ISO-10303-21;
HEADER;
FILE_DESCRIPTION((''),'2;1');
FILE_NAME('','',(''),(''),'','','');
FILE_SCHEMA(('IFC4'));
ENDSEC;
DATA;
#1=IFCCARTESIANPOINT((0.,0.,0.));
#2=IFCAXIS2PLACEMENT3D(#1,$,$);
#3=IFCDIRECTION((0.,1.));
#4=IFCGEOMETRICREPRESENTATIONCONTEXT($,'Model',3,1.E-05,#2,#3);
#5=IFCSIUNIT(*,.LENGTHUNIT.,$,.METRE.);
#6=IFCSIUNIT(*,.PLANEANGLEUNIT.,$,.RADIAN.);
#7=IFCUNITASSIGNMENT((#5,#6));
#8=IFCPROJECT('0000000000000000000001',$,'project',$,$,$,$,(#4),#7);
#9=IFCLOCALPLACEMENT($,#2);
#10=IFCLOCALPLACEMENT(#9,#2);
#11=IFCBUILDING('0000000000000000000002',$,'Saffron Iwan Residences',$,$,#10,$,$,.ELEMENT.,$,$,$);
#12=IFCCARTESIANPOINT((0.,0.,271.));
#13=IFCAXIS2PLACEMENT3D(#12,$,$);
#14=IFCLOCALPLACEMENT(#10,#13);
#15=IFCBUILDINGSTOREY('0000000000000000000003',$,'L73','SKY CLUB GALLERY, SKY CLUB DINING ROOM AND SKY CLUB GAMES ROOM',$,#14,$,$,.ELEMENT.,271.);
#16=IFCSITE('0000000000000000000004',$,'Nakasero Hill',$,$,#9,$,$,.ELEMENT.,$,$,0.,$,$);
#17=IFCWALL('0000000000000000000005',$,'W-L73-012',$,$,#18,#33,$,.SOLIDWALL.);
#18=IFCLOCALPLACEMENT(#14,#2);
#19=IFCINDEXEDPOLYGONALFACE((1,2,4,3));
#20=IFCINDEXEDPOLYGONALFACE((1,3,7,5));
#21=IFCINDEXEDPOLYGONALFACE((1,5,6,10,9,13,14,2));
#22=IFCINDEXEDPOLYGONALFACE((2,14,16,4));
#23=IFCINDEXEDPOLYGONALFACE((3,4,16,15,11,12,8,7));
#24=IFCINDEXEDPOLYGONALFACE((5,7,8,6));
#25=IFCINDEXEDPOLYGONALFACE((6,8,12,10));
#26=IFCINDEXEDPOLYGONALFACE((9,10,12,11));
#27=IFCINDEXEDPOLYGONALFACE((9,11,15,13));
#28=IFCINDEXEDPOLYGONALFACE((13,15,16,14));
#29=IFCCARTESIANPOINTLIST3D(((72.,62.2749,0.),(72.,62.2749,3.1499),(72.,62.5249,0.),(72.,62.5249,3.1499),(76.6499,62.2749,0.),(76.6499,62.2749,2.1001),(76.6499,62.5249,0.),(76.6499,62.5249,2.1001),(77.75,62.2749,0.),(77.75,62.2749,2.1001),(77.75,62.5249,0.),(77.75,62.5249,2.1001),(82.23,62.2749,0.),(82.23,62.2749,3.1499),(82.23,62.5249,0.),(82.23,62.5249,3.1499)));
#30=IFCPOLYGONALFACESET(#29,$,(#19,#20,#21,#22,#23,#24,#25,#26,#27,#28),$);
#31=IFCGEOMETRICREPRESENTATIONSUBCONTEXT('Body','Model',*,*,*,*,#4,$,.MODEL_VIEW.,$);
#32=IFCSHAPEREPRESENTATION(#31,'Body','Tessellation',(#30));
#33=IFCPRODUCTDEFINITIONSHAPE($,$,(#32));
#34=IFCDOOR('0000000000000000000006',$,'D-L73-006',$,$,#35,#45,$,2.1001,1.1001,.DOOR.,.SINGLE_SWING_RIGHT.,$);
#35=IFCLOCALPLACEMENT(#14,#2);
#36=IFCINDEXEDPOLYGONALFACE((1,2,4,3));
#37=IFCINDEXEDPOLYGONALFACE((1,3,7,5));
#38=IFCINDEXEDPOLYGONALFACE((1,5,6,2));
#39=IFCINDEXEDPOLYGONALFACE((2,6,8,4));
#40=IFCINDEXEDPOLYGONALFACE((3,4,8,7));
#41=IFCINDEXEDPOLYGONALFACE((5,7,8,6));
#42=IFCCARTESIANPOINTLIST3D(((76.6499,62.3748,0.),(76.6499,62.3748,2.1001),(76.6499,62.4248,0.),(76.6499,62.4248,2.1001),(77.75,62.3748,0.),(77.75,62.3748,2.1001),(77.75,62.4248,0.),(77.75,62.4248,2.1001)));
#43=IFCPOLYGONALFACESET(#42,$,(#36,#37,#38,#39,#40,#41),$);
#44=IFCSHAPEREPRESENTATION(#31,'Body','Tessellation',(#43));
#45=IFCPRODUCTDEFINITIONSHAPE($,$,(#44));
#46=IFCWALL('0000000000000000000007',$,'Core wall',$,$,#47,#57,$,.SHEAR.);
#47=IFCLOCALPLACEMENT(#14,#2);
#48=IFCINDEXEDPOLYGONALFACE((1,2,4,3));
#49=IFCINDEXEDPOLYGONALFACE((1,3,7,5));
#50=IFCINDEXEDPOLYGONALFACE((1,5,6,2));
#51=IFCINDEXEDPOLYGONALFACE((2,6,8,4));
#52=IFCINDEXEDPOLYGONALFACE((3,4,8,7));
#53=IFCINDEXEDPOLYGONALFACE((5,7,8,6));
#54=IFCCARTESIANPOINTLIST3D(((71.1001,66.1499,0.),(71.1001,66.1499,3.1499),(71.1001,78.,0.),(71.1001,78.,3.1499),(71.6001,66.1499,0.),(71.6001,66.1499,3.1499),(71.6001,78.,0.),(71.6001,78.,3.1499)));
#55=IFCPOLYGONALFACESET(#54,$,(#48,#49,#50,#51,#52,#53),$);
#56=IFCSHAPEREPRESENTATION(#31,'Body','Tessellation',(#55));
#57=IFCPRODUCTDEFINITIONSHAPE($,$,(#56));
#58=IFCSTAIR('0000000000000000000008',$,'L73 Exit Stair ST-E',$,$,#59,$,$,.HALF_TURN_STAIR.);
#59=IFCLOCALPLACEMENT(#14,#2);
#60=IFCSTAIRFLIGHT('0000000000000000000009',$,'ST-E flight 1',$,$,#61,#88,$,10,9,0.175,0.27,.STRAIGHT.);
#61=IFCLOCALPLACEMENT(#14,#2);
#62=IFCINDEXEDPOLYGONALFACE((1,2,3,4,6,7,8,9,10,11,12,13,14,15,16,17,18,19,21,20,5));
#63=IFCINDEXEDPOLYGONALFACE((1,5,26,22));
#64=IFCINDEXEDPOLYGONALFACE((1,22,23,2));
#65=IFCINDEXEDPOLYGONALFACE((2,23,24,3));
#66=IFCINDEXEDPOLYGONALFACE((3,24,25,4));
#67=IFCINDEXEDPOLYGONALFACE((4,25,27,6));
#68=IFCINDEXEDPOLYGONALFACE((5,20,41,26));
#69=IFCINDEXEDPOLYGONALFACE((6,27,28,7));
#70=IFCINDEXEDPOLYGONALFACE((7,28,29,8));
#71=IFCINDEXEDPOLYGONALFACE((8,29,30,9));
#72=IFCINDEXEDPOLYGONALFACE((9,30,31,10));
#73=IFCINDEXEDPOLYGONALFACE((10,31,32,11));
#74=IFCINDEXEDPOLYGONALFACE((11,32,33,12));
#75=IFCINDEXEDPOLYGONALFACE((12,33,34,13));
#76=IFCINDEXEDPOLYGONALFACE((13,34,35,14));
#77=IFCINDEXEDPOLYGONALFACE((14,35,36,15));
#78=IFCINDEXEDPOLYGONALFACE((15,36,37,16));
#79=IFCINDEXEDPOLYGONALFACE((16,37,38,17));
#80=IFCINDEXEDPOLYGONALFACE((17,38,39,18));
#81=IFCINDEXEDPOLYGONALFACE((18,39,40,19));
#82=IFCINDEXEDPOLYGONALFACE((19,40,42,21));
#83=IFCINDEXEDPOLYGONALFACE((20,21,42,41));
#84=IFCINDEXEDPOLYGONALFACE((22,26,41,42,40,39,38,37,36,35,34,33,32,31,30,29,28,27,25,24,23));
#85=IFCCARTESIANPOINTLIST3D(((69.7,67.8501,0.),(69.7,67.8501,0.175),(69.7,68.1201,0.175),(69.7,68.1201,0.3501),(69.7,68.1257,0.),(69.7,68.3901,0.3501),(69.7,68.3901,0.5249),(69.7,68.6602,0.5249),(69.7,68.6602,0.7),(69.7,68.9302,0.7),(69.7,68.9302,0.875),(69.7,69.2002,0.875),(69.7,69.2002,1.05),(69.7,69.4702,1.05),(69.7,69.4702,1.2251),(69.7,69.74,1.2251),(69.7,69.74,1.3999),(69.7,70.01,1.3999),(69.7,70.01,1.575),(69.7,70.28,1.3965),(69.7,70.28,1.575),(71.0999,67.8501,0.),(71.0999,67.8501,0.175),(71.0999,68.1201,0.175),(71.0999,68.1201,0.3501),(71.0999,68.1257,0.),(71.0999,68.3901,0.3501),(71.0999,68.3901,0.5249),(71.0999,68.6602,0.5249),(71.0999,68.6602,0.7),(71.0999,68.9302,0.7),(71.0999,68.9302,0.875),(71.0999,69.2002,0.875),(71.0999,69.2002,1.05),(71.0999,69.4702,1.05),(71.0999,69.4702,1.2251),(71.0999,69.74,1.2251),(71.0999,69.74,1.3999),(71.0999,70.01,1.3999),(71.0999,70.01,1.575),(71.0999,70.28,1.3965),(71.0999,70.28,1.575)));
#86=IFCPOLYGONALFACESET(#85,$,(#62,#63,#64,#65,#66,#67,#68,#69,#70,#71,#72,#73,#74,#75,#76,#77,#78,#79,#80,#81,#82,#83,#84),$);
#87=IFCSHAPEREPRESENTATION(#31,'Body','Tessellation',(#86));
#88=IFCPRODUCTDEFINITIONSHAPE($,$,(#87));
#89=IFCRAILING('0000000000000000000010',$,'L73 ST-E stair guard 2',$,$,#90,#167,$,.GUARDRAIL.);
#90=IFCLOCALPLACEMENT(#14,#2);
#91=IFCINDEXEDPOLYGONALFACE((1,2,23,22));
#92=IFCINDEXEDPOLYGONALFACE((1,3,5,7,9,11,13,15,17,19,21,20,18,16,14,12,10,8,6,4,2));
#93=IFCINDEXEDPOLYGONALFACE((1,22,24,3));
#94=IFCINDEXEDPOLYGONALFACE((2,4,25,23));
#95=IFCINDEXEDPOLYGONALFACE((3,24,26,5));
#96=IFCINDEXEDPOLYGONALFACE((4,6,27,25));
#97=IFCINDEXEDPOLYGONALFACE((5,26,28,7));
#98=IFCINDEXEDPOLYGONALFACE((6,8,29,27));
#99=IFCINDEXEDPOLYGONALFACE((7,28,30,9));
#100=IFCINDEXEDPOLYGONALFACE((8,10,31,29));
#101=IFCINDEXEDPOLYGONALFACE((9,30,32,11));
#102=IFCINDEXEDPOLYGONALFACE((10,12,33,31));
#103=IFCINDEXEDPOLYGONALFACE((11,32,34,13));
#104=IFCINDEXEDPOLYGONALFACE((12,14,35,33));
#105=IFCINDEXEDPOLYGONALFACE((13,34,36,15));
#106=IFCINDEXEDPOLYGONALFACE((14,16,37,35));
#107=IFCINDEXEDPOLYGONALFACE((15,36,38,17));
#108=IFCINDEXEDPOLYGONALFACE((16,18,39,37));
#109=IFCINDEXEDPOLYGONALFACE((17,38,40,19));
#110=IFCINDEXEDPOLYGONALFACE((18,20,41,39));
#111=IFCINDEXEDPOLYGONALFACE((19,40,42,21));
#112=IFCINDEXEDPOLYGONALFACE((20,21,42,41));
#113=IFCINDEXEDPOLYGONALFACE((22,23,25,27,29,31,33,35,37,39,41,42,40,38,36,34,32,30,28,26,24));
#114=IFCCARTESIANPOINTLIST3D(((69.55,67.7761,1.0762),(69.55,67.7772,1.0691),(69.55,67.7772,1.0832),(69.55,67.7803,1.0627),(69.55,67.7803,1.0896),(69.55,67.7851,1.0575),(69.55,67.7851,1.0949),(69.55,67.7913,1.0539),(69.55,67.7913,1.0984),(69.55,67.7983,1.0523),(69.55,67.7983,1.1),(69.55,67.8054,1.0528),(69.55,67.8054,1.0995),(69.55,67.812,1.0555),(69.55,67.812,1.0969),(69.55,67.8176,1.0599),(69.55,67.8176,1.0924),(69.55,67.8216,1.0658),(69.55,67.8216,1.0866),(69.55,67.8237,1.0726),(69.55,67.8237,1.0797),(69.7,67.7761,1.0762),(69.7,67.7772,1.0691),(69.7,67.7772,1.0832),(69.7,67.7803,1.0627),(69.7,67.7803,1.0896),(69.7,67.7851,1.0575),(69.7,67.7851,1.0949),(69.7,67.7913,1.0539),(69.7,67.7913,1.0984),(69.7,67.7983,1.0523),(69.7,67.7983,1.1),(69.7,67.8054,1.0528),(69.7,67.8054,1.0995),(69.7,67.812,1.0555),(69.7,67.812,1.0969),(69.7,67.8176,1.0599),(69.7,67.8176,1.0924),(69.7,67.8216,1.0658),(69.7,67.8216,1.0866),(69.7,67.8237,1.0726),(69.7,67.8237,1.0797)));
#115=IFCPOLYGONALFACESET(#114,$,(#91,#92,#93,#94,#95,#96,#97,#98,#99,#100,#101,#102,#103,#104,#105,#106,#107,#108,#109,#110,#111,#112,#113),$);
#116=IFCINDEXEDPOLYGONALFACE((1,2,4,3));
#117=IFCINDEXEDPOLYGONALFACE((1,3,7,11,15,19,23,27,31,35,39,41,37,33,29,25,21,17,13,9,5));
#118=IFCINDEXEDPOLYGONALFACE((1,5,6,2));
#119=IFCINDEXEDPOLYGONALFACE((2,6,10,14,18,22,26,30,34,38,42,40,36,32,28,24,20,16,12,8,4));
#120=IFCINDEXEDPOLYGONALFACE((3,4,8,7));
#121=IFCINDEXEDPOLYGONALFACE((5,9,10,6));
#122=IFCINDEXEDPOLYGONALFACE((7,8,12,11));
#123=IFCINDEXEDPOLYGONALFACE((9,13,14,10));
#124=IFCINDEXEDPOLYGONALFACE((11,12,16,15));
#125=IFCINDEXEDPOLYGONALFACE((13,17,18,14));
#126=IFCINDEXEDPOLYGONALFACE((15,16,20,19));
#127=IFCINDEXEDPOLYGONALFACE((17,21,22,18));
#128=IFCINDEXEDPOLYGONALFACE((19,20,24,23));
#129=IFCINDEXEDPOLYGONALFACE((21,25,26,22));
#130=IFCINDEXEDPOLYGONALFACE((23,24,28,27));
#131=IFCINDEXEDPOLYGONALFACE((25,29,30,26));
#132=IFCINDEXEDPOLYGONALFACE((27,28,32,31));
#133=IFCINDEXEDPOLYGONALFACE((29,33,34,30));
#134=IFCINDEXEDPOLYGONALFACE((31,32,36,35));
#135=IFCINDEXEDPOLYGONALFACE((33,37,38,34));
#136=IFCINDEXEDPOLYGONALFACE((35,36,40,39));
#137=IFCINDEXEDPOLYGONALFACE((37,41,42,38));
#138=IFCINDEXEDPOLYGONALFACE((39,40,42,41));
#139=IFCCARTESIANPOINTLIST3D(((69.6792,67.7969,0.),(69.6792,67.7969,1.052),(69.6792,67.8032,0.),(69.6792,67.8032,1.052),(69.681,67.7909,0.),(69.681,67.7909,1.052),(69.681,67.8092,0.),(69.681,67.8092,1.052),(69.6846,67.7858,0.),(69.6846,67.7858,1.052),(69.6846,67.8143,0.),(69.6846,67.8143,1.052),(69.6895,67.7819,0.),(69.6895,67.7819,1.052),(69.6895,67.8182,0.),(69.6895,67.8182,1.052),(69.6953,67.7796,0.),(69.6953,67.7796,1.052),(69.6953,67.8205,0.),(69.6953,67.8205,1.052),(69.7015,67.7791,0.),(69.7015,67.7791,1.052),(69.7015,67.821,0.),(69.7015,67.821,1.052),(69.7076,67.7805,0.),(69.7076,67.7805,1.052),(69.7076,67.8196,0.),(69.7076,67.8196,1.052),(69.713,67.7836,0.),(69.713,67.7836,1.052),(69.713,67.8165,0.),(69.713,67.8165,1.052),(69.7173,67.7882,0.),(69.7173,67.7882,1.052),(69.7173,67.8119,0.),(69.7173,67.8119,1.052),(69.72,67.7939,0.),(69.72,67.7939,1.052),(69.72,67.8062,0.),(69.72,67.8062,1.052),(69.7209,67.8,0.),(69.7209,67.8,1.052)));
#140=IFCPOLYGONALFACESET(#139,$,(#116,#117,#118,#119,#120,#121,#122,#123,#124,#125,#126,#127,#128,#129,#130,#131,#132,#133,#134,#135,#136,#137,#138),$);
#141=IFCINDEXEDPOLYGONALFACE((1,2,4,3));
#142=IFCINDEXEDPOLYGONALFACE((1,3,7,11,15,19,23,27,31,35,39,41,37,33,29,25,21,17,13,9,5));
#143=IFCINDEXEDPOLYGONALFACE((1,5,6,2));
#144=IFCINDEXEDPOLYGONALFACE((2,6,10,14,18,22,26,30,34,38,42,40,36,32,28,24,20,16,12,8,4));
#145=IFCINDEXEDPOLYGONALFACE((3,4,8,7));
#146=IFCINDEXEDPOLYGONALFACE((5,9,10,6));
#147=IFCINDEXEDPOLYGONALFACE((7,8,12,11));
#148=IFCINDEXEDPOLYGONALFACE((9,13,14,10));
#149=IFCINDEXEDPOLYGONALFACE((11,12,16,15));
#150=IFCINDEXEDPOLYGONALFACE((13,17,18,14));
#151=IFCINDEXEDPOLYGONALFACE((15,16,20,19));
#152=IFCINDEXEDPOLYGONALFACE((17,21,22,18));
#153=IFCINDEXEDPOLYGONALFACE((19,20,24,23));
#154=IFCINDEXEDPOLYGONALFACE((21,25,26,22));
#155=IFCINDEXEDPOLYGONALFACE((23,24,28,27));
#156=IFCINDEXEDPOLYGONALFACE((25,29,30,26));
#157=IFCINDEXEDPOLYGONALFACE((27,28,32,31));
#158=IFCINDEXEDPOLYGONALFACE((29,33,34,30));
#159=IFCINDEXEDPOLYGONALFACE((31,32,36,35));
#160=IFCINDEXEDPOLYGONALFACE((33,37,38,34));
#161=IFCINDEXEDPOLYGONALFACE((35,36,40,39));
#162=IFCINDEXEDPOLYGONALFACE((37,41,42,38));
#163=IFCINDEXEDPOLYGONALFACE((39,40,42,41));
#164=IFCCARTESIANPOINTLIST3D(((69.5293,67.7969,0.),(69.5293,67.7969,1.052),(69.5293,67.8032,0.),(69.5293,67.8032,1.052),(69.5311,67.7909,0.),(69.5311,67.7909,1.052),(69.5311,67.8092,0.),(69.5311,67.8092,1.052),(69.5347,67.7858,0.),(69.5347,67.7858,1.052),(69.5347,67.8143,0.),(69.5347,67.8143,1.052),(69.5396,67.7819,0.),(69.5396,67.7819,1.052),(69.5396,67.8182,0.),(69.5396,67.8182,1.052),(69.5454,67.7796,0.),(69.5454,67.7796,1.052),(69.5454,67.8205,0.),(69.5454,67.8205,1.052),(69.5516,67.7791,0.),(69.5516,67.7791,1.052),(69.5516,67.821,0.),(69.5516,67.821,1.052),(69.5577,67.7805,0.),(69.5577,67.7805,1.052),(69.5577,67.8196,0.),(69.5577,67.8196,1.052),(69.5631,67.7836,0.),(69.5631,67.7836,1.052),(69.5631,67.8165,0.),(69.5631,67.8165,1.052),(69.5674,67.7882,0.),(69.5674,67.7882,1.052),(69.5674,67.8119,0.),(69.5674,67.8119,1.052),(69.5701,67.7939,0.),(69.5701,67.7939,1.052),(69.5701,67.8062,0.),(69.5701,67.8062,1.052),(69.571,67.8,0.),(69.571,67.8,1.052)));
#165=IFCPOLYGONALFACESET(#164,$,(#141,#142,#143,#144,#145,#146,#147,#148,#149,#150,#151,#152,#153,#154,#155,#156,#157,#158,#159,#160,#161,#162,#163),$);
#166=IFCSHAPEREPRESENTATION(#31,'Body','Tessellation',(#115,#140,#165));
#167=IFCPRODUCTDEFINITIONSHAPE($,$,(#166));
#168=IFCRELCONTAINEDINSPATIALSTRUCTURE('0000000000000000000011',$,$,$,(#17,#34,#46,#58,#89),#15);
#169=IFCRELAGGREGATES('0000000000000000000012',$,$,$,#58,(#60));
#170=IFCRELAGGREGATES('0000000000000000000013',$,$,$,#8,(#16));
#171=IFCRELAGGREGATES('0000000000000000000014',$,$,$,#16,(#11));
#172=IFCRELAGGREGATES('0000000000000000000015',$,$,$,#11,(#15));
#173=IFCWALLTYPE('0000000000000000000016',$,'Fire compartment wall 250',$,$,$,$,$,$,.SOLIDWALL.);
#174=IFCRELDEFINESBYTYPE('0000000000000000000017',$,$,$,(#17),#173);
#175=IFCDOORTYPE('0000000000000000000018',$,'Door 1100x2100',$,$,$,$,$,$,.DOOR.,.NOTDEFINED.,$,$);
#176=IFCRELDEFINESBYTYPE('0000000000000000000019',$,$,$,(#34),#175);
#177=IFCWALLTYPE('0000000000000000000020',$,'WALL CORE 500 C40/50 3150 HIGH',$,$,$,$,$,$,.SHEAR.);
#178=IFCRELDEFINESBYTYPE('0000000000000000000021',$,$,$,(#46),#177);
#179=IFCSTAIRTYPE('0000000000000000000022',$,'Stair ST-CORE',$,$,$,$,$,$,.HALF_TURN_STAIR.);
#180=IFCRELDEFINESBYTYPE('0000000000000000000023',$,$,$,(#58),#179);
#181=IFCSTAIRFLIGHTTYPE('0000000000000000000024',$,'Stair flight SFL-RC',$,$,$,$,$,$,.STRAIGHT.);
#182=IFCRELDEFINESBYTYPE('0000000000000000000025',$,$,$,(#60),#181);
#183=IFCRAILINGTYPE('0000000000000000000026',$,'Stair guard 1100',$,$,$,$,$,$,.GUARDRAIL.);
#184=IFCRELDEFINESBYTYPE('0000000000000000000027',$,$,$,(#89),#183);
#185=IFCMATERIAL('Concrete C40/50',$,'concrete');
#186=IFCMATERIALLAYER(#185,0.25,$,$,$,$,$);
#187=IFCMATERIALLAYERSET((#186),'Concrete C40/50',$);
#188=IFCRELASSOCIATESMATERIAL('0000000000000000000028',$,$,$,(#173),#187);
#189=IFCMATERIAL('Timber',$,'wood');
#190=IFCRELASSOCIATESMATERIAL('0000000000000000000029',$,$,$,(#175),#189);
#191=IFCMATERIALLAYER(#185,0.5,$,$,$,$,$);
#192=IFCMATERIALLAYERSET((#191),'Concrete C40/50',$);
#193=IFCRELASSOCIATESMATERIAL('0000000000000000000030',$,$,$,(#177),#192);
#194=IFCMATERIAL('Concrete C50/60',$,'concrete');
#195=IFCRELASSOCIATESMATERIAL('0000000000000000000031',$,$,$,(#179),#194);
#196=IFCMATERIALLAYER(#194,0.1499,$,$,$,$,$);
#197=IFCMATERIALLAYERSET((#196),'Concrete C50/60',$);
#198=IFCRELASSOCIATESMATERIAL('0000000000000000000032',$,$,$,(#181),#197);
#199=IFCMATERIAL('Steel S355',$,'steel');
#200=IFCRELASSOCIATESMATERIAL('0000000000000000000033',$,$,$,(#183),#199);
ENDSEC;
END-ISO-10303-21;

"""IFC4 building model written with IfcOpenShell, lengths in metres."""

from ifc_helpers import new_model, si_unit, direction, frame, frame_2d, origin, origin_2d, place, context, subcontext, project, spatial, polyline, rectangle, circle, outline, extrude, material, layer, layer_set, type_object, element, fill, aggregate, save


model = new_model("IFC4")

# Units and contexts
model_context = context("Model", 3, precision=1e-05, world=origin(), true_north=direction((0.0, 1.0)))
body_context = subcontext(model_context, "Body", "Model", "MODEL_VIEW")
ifc_project = project(units=[si_unit("LENGTHUNIT", "METRE"), si_unit("PLANEANGLEUNIT", "RADIAN")], contexts=[model_context])

# Site, building, storey
site_placement = place(None, origin())
site = spatial("IfcSite", under=ifc_project, at=site_placement, Name="Nakasero Hill", CompositionType="ELEMENT", RefElevation=0.0)
building_placement = place(site_placement, origin())
building = spatial("IfcBuilding", under=site, at=building_placement, Name="Saffron Iwan Residences", CompositionType="ELEMENT")
storey_placement = place(building_placement, frame((0.0, 0.0, 271.0)))
storey = spatial("IfcBuildingStorey", under=building, at=storey_placement, Name="L73", Description="SKY CLUB GALLERY, SKY CLUB DINING ROOM AND SKY CLUB GAMES ROOM", CompositionType="ELEMENT", Elevation=271.0)

# Shared definitions
ifc_material_1 = material(Name="Concrete C40/50", Category="concrete")

# Wall, opening, door
ifc_layer_1 = layer(ifc_material_1, 0.25)
ifc_layer_set_1 = layer_set([ifc_layer_1], Name="Concrete C40/50")
wall_type_1 = type_object("IfcWallType", Name="Fire compartment wall 250", PredefinedType="SOLIDWALL", material=ifc_layer_set_1)
wall_1_placement = place(storey_placement, frame((72.0, 62.3999, 0.0), z_axis=(0.0, 0.0, 1.0), x_axis=(1.0, 0.0, 0.0)))
wall_1 = element("IfcWall", 1, at=wall_1_placement, inside=storey, type_object=wall_type_1, Name="W-L73-012", PredefinedType="SOLIDWALL", context=body_context, shape_type="SweptSolid", body=[
    extrude(rectangle(XDim=10.23, YDim=0.25, at=frame_2d((5.115, 0.0))), origin(), (0.0, 0.0, 1.0), 3.1499),
])
opening_1_placement = place(wall_1_placement, frame((4.6499, 0.0, 0.0)))
opening_1 = element("IfcOpeningElement", 2, at=opening_1_placement, cuts=wall_1, PredefinedType="OPENING", context=body_context, shape_type="SweptSolid", body=[
    extrude(rectangle(XDim=1.1001, YDim=2.1001, at=frame_2d((0.55, 1.05))), frame((0.0, 0.135, 0.0), z_axis=(0.0, -1.0, 0.0), x_axis=(1.0, 0.0, 0.0)), (0.0, 0.0, 1.0), 0.27),
])
ifc_material_2 = material(Name="Timber", Category="wood")
door_type_1 = type_object("IfcDoorType", Name="Door 1100x2100", OperationType="NOTDEFINED", PredefinedType="DOOR", material=ifc_material_2)
door_1_placement = place(opening_1_placement, origin())
door_1 = element("IfcDoor", 3, at=door_1_placement, inside=storey, type_object=door_type_1, Name="D-L73-006", OperationType="SINGLE_SWING_RIGHT", OverallHeight=2.1001, OverallWidth=1.1001, PredefinedType="DOOR", context=body_context, shape_type="SweptSolid", body=[
    extrude(rectangle(XDim=1.1001, YDim=2.1001, at=frame_2d((0.55, 1.05))), frame((0.0, 0.0249, 0.0), z_axis=(0.0, -1.0, 0.0), x_axis=(1.0, 0.0, 0.0)), (0.0, 0.0, 1.0), 0.05),
])
fill(opening_1, door_1)

# Wall
ifc_layer_2 = layer(ifc_material_1, 0.5)
ifc_layer_set_2 = layer_set([ifc_layer_2], Name="Concrete C40/50")
wall_type_2 = type_object("IfcWallType", Name="WALL CORE 500 C40/50 3150 HIGH", PredefinedType="SHEAR", material=ifc_layer_set_2)
wall_2_placement = place(storey_placement, frame((71.3501, 66.1499, 0.0), z_axis=(0.0, 0.0, 1.0), x_axis=(0.0, 1.0, 0.0)))
element("IfcWall", 4, at=wall_2_placement, inside=storey, type_object=wall_type_2, Name="Core wall", PredefinedType="SHEAR", context=body_context, shape_type="SweptSolid", body=[
    extrude(rectangle(XDim=11.8501, YDim=0.5, at=frame_2d((5.925, 0.0))), origin(), (0.0, 0.0, 1.0), 3.1499),
])

# Stair, stair flight
ifc_material_3 = material(Name="Concrete C50/60", Category="concrete")
stair_type = type_object("IfcStairType", Name="Stair ST-CORE", PredefinedType="HALF_TURN_STAIR", material=ifc_material_3)
stair_placement = place(storey_placement, origin())
stair = element("IfcStair", 5, at=stair_placement, inside=storey, type_object=stair_type, Name="L73 Exit Stair ST-E", PredefinedType="HALF_TURN_STAIR")
ifc_layer_3 = layer(ifc_material_3, 0.1499)
ifc_layer_set_3 = layer_set([ifc_layer_3], Name="Concrete C50/60")
stair_flight_type = type_object("IfcStairFlightType", Name="Stair flight SFL-RC", PredefinedType="STRAIGHT", material=ifc_layer_set_3)
stair_flight_placement = place(storey_placement, frame((70.3999, 67.8501, 0.0), z_axis=(0.0, 0.0, 1.0), x_axis=(0.0, 1.0, 0.0)))
stair_flight = element("IfcStairFlight", 6, at=stair_flight_placement, type_object=stair_flight_type, Name="ST-E flight 1", NumberOfRisers=10, NumberOfTreads=9, PredefinedType="STRAIGHT", RiserHeight=0.175, TreadLength=0.27, context=body_context, shape_type="SweptSolid", body=[
    extrude(outline(polyline([(0.0, 0.0), (0.0, 0.175), (0.27, 0.175), (0.27, 0.3501), (0.54, 0.3501), (0.54, 0.5249), (0.8101, 0.5249), (0.8101, 0.7), (1.0801, 0.7), (1.0801, 0.875), (1.3501, 0.875), (1.3501, 1.05), (1.6201, 1.05), (1.6201, 1.2251), (1.8899, 1.2251), (1.8899, 1.3999), (2.1599, 1.3999), (2.1599, 1.575), (2.4299, 1.575), (2.4299, 1.75), (2.4299, 1.3965), (0.2756, 0.0), (0.0, 0.0)])), frame((0.0, 0.7, 0.0), z_axis=(0.0, -1.0, 0.0), x_axis=(1.0, 0.0, 0.0)), (0.0, 0.0, 1.0), 1.3999),
])
aggregate(stair, [stair_flight])

# Railing
ifc_material_4 = material(Name="Steel S355", Category="steel")
railing_type_1 = type_object("IfcRailingType", Name="Stair guard 1100", PredefinedType="GUARDRAIL", material=ifc_material_4)
railing_1_placement = place(storey_placement, frame((69.7, 67.8, 0.0)))
element("IfcRailing", 7, at=railing_1_placement, inside=storey, type_object=railing_type_1, Name="L73 ST-E stair guard 2", PredefinedType="GUARDRAIL", context=body_context, shape_type="SweptSolid", body=[
    extrude(circle(Radius=0.0239, at=origin_2d()), frame((0.0, 0.0, 1.0762), z_axis=(-1.0, 0.0, 0.0), x_axis=(0.0, -1.0, 0.0)), (0.0, 0.0, 1.0), 0.1499),
    extrude(circle(Radius=0.021, at=origin_2d()), origin(), (0.0, 0.0, 1.0), 1.052),
    extrude(circle(Radius=0.021, at=origin_2d()), frame((-0.1499, 0.0, 0.0)), (0.0, 0.0, 1.0), 1.052),
])

save(model, "model.ifc")
